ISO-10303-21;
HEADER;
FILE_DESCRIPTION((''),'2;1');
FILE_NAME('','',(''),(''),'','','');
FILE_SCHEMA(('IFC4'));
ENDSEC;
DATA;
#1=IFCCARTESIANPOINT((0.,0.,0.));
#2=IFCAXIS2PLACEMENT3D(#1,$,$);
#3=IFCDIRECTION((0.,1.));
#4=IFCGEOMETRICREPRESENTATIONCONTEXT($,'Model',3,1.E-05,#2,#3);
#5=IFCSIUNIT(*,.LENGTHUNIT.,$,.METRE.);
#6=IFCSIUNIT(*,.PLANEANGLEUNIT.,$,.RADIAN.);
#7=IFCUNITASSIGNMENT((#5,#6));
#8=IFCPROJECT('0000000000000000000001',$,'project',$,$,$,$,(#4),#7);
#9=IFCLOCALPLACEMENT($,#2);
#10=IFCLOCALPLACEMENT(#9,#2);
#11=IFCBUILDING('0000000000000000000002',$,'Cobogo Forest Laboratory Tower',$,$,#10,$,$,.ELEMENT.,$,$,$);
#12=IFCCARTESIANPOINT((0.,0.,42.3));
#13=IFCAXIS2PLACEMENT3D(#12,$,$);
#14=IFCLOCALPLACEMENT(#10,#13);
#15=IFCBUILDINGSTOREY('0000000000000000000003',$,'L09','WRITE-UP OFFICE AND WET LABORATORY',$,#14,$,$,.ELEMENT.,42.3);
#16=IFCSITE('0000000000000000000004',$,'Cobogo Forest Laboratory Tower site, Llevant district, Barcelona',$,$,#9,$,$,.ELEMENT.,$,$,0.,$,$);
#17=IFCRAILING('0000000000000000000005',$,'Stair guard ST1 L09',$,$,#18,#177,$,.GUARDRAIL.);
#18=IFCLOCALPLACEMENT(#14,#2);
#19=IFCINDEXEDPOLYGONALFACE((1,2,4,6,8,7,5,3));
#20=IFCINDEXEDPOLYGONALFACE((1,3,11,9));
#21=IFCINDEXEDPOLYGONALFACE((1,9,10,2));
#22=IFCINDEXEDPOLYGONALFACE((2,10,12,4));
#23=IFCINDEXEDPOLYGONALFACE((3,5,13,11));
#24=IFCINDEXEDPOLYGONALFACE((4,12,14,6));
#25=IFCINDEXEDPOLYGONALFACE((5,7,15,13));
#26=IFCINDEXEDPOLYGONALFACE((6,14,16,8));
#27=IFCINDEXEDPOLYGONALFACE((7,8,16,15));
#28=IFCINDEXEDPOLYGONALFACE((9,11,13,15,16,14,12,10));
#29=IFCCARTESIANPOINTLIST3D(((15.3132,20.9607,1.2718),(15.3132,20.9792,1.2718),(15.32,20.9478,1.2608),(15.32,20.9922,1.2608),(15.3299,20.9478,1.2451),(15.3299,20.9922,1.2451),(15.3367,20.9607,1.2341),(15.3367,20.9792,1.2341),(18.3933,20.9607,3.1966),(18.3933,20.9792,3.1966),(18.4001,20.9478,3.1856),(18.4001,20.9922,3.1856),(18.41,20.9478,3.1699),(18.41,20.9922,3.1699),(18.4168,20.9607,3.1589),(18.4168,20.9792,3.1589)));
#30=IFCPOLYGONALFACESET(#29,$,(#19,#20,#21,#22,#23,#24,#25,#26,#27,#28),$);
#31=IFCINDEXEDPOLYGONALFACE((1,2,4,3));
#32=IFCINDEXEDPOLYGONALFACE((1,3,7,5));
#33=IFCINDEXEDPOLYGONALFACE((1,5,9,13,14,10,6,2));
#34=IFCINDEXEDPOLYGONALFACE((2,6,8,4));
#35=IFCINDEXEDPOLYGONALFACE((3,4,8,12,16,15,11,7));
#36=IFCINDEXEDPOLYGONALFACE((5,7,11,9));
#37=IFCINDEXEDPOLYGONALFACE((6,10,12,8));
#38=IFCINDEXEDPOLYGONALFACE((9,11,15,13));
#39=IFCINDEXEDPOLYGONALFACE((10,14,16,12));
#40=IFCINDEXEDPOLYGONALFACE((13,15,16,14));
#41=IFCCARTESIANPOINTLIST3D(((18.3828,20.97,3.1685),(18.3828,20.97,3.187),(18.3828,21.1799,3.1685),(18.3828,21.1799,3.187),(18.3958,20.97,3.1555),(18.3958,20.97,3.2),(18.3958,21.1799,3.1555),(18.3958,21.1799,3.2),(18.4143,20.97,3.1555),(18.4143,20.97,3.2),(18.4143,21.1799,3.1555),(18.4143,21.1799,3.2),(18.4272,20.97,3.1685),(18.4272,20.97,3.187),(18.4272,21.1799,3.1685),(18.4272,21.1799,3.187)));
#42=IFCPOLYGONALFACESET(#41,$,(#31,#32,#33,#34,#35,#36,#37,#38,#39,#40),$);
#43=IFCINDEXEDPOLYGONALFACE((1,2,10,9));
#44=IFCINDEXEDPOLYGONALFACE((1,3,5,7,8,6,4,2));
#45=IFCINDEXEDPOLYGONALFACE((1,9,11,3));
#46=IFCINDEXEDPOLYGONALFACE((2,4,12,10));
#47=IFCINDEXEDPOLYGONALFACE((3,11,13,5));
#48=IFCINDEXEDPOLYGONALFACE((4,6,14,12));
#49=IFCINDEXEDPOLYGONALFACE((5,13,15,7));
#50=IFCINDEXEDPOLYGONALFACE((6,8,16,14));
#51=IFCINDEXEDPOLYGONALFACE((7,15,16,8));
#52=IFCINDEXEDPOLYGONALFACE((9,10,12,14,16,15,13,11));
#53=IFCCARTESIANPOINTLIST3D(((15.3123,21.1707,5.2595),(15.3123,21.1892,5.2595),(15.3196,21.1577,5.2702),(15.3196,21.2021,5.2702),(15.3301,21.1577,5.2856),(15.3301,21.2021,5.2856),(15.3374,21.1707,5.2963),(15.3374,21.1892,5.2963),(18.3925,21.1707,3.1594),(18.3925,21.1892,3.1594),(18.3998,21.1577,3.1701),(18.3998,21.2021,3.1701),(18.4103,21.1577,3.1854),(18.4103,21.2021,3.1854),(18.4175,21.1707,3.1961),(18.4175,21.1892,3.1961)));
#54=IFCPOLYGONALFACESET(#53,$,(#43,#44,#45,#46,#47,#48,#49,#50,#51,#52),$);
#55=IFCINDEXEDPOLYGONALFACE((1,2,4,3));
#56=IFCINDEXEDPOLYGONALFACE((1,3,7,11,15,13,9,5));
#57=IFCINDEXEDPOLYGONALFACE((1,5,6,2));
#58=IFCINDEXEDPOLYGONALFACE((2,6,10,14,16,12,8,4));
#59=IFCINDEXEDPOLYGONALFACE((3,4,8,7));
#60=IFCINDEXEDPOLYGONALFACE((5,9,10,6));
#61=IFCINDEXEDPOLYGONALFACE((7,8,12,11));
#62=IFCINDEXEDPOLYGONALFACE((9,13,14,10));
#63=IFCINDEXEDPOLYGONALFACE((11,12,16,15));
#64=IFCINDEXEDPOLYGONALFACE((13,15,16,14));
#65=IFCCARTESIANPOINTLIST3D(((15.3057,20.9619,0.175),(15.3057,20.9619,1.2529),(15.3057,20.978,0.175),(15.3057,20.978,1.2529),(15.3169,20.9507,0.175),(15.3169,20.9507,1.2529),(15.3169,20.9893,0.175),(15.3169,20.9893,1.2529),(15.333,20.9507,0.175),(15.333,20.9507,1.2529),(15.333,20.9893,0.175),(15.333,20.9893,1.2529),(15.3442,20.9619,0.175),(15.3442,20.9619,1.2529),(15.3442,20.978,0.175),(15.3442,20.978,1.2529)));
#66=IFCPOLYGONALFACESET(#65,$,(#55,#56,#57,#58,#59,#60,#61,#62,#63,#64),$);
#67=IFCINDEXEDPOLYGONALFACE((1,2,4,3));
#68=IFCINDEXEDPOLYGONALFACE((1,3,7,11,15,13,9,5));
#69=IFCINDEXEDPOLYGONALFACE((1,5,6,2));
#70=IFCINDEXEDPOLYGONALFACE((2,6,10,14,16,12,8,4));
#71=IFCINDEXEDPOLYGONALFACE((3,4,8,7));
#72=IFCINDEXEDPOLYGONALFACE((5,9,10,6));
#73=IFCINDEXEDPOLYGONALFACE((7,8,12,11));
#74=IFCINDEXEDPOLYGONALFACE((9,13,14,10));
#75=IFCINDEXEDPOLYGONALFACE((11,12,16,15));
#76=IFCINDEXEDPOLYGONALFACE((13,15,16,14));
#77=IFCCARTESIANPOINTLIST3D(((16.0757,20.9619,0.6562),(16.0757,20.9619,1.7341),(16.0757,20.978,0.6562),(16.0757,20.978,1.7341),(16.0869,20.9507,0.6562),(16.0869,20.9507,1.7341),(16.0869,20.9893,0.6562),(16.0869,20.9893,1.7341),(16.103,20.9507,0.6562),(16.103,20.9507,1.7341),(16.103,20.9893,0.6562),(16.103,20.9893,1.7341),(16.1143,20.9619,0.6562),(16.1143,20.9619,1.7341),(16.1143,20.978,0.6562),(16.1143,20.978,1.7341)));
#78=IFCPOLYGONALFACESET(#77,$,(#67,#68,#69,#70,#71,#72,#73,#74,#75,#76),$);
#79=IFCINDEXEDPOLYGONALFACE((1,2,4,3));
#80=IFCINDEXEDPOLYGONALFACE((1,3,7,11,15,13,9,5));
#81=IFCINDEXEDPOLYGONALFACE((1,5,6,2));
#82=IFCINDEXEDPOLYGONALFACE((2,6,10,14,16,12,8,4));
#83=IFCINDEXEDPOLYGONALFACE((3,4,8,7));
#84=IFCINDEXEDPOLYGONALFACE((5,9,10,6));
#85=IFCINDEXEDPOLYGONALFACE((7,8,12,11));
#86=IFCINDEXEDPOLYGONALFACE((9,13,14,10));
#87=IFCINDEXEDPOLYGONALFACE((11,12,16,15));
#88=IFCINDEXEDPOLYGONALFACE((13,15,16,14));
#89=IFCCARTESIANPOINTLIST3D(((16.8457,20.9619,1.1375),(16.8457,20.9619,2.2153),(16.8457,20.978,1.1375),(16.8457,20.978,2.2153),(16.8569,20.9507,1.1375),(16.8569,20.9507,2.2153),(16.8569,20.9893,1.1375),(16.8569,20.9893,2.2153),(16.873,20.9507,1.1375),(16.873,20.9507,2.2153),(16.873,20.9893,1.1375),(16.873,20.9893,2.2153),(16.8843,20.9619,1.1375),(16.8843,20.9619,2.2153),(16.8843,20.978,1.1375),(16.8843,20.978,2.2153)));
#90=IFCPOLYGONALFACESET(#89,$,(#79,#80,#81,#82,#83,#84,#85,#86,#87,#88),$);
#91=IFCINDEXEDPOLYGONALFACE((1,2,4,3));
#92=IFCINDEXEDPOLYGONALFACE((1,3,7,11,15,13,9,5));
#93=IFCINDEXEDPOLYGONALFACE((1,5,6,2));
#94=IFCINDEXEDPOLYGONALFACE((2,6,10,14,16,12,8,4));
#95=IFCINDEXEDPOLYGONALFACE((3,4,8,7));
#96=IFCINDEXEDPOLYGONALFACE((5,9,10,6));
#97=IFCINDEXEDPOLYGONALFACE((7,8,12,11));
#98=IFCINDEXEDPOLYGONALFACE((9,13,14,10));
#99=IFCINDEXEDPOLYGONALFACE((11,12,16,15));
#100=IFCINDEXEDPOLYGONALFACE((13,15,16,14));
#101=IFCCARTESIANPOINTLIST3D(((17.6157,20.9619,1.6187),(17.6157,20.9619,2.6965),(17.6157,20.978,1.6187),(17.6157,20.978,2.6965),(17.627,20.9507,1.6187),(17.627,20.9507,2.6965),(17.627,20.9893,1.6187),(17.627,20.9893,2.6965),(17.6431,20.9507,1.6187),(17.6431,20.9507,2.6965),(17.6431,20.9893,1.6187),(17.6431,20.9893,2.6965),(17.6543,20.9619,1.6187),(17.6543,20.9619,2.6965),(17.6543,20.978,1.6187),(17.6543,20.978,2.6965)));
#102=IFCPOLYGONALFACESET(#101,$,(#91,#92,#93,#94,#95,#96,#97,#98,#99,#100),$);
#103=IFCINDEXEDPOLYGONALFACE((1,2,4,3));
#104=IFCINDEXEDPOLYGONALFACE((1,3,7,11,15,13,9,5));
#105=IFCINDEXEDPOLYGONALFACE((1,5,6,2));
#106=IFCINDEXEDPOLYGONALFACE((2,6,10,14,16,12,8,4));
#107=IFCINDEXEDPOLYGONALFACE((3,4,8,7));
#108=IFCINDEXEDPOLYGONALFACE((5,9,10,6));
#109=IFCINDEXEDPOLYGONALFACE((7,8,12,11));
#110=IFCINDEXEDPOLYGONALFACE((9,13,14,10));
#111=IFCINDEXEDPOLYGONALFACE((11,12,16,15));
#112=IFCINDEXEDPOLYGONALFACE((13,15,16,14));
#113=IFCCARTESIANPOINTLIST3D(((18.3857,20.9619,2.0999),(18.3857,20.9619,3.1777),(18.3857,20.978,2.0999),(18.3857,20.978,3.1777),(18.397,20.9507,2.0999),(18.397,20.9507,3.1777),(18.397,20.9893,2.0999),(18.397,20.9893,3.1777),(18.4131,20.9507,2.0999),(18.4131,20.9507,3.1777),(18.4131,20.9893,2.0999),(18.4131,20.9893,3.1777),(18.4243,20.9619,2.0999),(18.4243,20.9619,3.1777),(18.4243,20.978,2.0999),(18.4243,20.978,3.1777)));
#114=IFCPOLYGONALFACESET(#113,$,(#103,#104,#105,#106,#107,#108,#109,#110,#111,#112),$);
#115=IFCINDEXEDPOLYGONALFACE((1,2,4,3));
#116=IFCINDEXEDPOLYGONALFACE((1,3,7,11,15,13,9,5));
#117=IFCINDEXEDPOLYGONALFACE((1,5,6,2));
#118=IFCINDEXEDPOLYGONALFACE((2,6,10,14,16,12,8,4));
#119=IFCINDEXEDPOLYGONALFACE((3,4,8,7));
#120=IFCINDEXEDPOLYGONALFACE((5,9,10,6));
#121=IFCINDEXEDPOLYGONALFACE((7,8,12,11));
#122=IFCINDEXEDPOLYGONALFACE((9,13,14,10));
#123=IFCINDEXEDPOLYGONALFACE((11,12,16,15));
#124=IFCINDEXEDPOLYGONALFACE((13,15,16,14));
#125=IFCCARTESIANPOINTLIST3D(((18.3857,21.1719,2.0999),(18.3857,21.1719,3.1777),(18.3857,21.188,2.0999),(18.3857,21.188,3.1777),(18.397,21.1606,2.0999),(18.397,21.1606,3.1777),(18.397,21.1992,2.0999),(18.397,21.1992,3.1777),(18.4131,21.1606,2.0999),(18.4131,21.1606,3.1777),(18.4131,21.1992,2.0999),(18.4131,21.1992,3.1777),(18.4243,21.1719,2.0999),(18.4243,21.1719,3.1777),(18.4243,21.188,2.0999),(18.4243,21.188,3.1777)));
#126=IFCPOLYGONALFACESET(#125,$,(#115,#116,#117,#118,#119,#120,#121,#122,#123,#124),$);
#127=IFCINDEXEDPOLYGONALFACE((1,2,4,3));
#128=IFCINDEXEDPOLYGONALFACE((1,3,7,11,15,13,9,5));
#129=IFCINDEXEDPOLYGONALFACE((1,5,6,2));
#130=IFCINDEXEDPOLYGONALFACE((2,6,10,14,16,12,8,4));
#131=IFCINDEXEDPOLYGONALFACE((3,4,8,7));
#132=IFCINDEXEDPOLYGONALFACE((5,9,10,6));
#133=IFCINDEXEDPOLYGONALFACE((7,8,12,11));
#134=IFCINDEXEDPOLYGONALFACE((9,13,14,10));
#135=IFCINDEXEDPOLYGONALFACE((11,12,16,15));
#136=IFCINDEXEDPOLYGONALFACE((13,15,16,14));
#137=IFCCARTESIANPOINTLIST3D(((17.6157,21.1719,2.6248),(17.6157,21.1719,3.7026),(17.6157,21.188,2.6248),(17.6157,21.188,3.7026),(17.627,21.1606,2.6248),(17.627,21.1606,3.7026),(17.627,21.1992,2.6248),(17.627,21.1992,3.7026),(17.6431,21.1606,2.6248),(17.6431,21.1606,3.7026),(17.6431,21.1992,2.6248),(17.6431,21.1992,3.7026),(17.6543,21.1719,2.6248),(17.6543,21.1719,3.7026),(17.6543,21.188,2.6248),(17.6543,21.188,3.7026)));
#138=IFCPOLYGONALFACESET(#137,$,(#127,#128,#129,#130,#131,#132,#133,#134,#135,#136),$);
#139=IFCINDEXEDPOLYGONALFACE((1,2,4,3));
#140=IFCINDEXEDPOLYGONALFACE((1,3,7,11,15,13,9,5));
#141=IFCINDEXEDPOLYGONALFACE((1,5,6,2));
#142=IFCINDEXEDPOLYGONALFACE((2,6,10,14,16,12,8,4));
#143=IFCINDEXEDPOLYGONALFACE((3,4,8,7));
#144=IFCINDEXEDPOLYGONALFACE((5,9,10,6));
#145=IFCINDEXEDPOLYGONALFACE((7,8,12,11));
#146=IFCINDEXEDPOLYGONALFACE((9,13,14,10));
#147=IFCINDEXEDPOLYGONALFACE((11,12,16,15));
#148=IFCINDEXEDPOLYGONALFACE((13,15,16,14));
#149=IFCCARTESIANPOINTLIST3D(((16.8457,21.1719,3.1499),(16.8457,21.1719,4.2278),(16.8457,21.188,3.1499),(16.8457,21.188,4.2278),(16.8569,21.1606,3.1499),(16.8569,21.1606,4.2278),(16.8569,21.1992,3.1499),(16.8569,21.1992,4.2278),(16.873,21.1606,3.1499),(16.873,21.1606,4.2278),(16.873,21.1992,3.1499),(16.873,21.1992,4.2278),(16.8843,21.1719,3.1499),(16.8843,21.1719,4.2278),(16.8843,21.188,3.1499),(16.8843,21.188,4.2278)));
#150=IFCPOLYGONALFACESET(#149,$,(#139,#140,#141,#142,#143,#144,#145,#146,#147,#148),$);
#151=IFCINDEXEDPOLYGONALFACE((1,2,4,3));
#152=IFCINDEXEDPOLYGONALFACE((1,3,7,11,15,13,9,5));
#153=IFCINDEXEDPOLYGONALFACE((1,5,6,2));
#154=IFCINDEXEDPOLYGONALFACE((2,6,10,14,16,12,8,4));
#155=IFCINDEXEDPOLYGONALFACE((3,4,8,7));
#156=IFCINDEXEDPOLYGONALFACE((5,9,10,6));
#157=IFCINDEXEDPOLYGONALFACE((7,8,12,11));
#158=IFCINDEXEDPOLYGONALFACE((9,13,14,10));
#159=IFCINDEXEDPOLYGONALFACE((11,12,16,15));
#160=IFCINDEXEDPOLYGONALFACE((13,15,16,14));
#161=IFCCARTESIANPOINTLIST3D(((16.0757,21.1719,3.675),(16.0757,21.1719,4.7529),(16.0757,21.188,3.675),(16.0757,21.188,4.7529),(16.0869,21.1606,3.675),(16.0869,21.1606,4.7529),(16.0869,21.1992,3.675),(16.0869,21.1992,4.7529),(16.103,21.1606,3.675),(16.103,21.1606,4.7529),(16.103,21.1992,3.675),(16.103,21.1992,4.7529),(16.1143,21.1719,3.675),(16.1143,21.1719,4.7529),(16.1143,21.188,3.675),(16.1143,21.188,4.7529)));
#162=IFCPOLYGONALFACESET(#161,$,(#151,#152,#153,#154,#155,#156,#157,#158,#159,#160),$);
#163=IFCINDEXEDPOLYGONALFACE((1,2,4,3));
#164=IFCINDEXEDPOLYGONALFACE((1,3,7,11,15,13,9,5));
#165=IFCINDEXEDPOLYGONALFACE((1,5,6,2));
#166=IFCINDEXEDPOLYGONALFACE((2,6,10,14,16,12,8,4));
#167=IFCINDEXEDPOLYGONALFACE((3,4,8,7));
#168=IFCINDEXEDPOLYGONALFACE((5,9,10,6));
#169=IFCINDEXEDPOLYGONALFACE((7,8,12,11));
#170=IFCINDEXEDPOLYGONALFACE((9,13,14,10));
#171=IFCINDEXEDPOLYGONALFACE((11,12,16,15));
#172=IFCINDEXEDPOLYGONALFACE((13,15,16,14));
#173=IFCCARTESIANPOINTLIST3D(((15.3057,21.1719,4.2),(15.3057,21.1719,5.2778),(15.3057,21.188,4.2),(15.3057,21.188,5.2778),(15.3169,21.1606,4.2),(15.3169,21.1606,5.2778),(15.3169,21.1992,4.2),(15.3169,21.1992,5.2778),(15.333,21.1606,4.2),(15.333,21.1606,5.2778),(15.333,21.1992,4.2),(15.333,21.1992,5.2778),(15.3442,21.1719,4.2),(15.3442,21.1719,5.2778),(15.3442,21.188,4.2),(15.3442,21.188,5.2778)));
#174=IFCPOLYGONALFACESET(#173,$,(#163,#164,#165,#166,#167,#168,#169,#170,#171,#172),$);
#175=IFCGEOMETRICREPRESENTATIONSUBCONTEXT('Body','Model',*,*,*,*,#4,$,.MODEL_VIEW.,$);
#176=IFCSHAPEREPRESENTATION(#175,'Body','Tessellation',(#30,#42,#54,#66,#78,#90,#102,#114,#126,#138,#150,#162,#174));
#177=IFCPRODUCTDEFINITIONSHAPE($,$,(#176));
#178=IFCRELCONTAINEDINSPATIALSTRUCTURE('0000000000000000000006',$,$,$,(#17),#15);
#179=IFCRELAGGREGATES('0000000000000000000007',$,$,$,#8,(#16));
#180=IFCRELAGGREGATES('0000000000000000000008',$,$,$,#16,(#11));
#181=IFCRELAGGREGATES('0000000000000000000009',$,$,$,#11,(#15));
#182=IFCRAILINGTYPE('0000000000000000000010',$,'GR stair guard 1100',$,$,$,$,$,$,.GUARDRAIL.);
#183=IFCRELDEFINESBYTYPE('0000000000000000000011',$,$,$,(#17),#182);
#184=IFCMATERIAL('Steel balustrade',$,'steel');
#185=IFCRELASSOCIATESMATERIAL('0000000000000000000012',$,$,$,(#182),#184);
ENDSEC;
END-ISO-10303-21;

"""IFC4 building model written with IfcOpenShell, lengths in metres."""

from ifc_helpers import new_model, si_unit, direction, frame, origin, place, context, subcontext, project, spatial, polyline, outline, extrude, material, type_object, element, save


model = new_model("IFC4")

# Units and contexts
model_context = context("Model", 3, precision=1e-05, world=origin(), true_north=direction((0.0, 1.0)))
body_context = subcontext(model_context, "Body", "Model", "MODEL_VIEW")
ifc_project = project(units=[si_unit("LENGTHUNIT", "METRE"), si_unit("PLANEANGLEUNIT", "RADIAN")], contexts=[model_context])

# Site, building, storey
site_placement = place(None, origin())
site = spatial("IfcSite", under=ifc_project, at=site_placement, Name="Cobogo Forest Laboratory Tower site, Llevant district, Barcelona", CompositionType="ELEMENT", RefElevation=0.0)
building_placement = place(site_placement, origin())
building = spatial("IfcBuilding", under=site, at=building_placement, Name="Cobogo Forest Laboratory Tower", CompositionType="ELEMENT")
storey_placement = place(building_placement, frame((0.0, 0.0, 42.3)))
storey = spatial("IfcBuildingStorey", under=building, at=storey_placement, Name="L09", Description="WRITE-UP OFFICE AND WET LABORATORY", CompositionType="ELEMENT", Elevation=42.3)

# Railing
ifc_material_1 = material(Name="Steel balustrade", Category="steel")
railing_type_1 = type_object("IfcRailingType", Name="GR stair guard 1100", PredefinedType="GUARDRAIL", material=ifc_material_1)
railing_1_placement = place(storey_placement, frame((15.325, 20.97, 0.175)))
element("IfcRailing", 1, at=railing_1_placement, inside=storey, type_object=railing_type_1, Name="Stair guard ST1 L09", PredefinedType="GUARDRAIL", context=body_context, shape_type="SweptSolid", body=[
    extrude(outline(polyline([(0.0222, 0.0093), (0.0093, 0.0222), (-0.0093, 0.0222), (-0.0222, 0.0093), (-0.0222, -0.0093), (-0.0093, -0.0222), (0.0093, -0.0222), (0.0222, -0.0093), (0.0222, 0.0093)])), frame((0.0, 0.0, 1.0779), z_axis=(0.848029, 0.0, 0.529951), x_axis=(0.0, 1.0, 0.0)), (0.0, 0.0, 1.0), 3.6321),
    extrude(outline(polyline([(0.0222, 0.0093), (0.0093, 0.0222), (-0.0093, 0.0222), (-0.0222, 0.0093), (-0.0222, -0.0093), (-0.0093, -0.0222), (0.0093, -0.0222), (0.0222, -0.0093), (0.0222, 0.0093)])), frame((3.0801, 0.0, 3.0027), z_axis=(0.0, 1.0, 0.0), x_axis=(-1.0, 0.0, 0.0)), (0.0, 0.0, 1.0), 0.21),
    extrude(outline(polyline([(0.0222, 0.0093), (0.0093, 0.0222), (-0.0093, 0.0222), (-0.0222, 0.0093), (-0.0222, -0.0093), (-0.0093, -0.0222), (0.0093, -0.0222), (0.0222, -0.0093), (0.0222, 0.0093)])), frame((3.0801, 0.21, 3.0027), z_axis=(-0.826222, 0.0, 0.563345), x_axis=(0.0, -1.0, 0.0)), (0.0, 0.0, 1.0), 3.728),
    extrude(outline(polyline([(0.0193, 0.0081), (0.0081, 0.0193), (-0.0081, 0.0193), (-0.0193, 0.0081), (-0.0193, -0.0081), (-0.0081, -0.0193), (0.0081, -0.0193), (0.0193, -0.0081), (0.0193, 0.0081)])), origin(), (0.0, 0.0, 1.0), 1.0779),
    extrude(outline(polyline([(0.0193, 0.0081), (0.0081, 0.0193), (-0.0081, 0.0193), (-0.0193, 0.0081), (-0.0193, -0.0081), (-0.0081, -0.0193), (0.0081, -0.0193), (0.0193, -0.0081), (0.0193, 0.0081)])), frame((0.77, 0.0, 0.4812)), (0.0, 0.0, 1.0), 1.0779),
    extrude(outline(polyline([(0.0193, 0.0081), (0.0081, 0.0193), (-0.0081, 0.0193), (-0.0193, 0.0081), (-0.0193, -0.0081), (-0.0081, -0.0193), (0.0081, -0.0193), (0.0193, -0.0081), (0.0193, 0.0081)])), frame((1.54, 0.0, 0.9624)), (0.0, 0.0, 1.0), 1.0779),
    extrude(outline(polyline([(0.0193, 0.0081), (0.0081, 0.0193), (-0.0081, 0.0193), (-0.0193, 0.0081), (-0.0193, -0.0081), (-0.0081, -0.0193), (0.0081, -0.0193), (0.0193, -0.0081), (0.0193, 0.0081)])), frame((2.3101, 0.0, 1.4436)), (0.0, 0.0, 1.0), 1.0779),
    extrude(outline(polyline([(0.0193, 0.0081), (0.0081, 0.0193), (-0.0081, 0.0193), (-0.0193, 0.0081), (-0.0193, -0.0081), (-0.0081, -0.0193), (0.0081, -0.0193), (0.0193, -0.0081), (0.0193, 0.0081)])), frame((3.0801, 0.0, 1.9248)), (0.0, 0.0, 1.0), 1.0779),
    extrude(outline(polyline([(0.0193, 0.0081), (0.0081, 0.0193), (-0.0081, 0.0193), (-0.0193, 0.0081), (-0.0193, -0.0081), (-0.0081, -0.0193), (0.0081, -0.0193), (0.0193, -0.0081), (0.0193, 0.0081)])), frame((3.0801, 0.21, 1.9248)), (0.0, 0.0, 1.0), 1.0779),
    extrude(outline(polyline([(0.0193, 0.0081), (0.0081, 0.0193), (-0.0081, 0.0193), (-0.0193, 0.0081), (-0.0193, -0.0081), (-0.0081, -0.0193), (0.0081, -0.0193), (0.0193, -0.0081), (0.0193, 0.0081)])), frame((2.3101, 0.21, 2.4497)), (0.0, 0.0, 1.0), 1.0779),
    extrude(outline(polyline([(0.0193, 0.0081), (0.0081, 0.0193), (-0.0081, 0.0193), (-0.0193, 0.0081), (-0.0193, -0.0081), (-0.0081, -0.0193), (0.0081, -0.0193), (0.0193, -0.0081), (0.0193, 0.0081)])), frame((1.54, 0.21, 2.9749)), (0.0, 0.0, 1.0), 1.0779),
    extrude(outline(polyline([(0.0193, 0.0081), (0.0081, 0.0193), (-0.0081, 0.0193), (-0.0193, 0.0081), (-0.0193, -0.0081), (-0.0081, -0.0193), (0.0081, -0.0193), (0.0193, -0.0081), (0.0193, 0.0081)])), frame((0.77, 0.21, 3.5)), (0.0, 0.0, 1.0), 1.0779),
    extrude(outline(polyline([(0.0193, 0.0081), (0.0081, 0.0193), (-0.0081, 0.0193), (-0.0193, 0.0081), (-0.0193, -0.0081), (-0.0081, -0.0193), (0.0081, -0.0193), (0.0193, -0.0081), (0.0193, 0.0081)])), frame((0.0, 0.21, 4.0249)), (0.0, 0.0, 1.0), 1.0779),
])

save(model, "model.ifc")
